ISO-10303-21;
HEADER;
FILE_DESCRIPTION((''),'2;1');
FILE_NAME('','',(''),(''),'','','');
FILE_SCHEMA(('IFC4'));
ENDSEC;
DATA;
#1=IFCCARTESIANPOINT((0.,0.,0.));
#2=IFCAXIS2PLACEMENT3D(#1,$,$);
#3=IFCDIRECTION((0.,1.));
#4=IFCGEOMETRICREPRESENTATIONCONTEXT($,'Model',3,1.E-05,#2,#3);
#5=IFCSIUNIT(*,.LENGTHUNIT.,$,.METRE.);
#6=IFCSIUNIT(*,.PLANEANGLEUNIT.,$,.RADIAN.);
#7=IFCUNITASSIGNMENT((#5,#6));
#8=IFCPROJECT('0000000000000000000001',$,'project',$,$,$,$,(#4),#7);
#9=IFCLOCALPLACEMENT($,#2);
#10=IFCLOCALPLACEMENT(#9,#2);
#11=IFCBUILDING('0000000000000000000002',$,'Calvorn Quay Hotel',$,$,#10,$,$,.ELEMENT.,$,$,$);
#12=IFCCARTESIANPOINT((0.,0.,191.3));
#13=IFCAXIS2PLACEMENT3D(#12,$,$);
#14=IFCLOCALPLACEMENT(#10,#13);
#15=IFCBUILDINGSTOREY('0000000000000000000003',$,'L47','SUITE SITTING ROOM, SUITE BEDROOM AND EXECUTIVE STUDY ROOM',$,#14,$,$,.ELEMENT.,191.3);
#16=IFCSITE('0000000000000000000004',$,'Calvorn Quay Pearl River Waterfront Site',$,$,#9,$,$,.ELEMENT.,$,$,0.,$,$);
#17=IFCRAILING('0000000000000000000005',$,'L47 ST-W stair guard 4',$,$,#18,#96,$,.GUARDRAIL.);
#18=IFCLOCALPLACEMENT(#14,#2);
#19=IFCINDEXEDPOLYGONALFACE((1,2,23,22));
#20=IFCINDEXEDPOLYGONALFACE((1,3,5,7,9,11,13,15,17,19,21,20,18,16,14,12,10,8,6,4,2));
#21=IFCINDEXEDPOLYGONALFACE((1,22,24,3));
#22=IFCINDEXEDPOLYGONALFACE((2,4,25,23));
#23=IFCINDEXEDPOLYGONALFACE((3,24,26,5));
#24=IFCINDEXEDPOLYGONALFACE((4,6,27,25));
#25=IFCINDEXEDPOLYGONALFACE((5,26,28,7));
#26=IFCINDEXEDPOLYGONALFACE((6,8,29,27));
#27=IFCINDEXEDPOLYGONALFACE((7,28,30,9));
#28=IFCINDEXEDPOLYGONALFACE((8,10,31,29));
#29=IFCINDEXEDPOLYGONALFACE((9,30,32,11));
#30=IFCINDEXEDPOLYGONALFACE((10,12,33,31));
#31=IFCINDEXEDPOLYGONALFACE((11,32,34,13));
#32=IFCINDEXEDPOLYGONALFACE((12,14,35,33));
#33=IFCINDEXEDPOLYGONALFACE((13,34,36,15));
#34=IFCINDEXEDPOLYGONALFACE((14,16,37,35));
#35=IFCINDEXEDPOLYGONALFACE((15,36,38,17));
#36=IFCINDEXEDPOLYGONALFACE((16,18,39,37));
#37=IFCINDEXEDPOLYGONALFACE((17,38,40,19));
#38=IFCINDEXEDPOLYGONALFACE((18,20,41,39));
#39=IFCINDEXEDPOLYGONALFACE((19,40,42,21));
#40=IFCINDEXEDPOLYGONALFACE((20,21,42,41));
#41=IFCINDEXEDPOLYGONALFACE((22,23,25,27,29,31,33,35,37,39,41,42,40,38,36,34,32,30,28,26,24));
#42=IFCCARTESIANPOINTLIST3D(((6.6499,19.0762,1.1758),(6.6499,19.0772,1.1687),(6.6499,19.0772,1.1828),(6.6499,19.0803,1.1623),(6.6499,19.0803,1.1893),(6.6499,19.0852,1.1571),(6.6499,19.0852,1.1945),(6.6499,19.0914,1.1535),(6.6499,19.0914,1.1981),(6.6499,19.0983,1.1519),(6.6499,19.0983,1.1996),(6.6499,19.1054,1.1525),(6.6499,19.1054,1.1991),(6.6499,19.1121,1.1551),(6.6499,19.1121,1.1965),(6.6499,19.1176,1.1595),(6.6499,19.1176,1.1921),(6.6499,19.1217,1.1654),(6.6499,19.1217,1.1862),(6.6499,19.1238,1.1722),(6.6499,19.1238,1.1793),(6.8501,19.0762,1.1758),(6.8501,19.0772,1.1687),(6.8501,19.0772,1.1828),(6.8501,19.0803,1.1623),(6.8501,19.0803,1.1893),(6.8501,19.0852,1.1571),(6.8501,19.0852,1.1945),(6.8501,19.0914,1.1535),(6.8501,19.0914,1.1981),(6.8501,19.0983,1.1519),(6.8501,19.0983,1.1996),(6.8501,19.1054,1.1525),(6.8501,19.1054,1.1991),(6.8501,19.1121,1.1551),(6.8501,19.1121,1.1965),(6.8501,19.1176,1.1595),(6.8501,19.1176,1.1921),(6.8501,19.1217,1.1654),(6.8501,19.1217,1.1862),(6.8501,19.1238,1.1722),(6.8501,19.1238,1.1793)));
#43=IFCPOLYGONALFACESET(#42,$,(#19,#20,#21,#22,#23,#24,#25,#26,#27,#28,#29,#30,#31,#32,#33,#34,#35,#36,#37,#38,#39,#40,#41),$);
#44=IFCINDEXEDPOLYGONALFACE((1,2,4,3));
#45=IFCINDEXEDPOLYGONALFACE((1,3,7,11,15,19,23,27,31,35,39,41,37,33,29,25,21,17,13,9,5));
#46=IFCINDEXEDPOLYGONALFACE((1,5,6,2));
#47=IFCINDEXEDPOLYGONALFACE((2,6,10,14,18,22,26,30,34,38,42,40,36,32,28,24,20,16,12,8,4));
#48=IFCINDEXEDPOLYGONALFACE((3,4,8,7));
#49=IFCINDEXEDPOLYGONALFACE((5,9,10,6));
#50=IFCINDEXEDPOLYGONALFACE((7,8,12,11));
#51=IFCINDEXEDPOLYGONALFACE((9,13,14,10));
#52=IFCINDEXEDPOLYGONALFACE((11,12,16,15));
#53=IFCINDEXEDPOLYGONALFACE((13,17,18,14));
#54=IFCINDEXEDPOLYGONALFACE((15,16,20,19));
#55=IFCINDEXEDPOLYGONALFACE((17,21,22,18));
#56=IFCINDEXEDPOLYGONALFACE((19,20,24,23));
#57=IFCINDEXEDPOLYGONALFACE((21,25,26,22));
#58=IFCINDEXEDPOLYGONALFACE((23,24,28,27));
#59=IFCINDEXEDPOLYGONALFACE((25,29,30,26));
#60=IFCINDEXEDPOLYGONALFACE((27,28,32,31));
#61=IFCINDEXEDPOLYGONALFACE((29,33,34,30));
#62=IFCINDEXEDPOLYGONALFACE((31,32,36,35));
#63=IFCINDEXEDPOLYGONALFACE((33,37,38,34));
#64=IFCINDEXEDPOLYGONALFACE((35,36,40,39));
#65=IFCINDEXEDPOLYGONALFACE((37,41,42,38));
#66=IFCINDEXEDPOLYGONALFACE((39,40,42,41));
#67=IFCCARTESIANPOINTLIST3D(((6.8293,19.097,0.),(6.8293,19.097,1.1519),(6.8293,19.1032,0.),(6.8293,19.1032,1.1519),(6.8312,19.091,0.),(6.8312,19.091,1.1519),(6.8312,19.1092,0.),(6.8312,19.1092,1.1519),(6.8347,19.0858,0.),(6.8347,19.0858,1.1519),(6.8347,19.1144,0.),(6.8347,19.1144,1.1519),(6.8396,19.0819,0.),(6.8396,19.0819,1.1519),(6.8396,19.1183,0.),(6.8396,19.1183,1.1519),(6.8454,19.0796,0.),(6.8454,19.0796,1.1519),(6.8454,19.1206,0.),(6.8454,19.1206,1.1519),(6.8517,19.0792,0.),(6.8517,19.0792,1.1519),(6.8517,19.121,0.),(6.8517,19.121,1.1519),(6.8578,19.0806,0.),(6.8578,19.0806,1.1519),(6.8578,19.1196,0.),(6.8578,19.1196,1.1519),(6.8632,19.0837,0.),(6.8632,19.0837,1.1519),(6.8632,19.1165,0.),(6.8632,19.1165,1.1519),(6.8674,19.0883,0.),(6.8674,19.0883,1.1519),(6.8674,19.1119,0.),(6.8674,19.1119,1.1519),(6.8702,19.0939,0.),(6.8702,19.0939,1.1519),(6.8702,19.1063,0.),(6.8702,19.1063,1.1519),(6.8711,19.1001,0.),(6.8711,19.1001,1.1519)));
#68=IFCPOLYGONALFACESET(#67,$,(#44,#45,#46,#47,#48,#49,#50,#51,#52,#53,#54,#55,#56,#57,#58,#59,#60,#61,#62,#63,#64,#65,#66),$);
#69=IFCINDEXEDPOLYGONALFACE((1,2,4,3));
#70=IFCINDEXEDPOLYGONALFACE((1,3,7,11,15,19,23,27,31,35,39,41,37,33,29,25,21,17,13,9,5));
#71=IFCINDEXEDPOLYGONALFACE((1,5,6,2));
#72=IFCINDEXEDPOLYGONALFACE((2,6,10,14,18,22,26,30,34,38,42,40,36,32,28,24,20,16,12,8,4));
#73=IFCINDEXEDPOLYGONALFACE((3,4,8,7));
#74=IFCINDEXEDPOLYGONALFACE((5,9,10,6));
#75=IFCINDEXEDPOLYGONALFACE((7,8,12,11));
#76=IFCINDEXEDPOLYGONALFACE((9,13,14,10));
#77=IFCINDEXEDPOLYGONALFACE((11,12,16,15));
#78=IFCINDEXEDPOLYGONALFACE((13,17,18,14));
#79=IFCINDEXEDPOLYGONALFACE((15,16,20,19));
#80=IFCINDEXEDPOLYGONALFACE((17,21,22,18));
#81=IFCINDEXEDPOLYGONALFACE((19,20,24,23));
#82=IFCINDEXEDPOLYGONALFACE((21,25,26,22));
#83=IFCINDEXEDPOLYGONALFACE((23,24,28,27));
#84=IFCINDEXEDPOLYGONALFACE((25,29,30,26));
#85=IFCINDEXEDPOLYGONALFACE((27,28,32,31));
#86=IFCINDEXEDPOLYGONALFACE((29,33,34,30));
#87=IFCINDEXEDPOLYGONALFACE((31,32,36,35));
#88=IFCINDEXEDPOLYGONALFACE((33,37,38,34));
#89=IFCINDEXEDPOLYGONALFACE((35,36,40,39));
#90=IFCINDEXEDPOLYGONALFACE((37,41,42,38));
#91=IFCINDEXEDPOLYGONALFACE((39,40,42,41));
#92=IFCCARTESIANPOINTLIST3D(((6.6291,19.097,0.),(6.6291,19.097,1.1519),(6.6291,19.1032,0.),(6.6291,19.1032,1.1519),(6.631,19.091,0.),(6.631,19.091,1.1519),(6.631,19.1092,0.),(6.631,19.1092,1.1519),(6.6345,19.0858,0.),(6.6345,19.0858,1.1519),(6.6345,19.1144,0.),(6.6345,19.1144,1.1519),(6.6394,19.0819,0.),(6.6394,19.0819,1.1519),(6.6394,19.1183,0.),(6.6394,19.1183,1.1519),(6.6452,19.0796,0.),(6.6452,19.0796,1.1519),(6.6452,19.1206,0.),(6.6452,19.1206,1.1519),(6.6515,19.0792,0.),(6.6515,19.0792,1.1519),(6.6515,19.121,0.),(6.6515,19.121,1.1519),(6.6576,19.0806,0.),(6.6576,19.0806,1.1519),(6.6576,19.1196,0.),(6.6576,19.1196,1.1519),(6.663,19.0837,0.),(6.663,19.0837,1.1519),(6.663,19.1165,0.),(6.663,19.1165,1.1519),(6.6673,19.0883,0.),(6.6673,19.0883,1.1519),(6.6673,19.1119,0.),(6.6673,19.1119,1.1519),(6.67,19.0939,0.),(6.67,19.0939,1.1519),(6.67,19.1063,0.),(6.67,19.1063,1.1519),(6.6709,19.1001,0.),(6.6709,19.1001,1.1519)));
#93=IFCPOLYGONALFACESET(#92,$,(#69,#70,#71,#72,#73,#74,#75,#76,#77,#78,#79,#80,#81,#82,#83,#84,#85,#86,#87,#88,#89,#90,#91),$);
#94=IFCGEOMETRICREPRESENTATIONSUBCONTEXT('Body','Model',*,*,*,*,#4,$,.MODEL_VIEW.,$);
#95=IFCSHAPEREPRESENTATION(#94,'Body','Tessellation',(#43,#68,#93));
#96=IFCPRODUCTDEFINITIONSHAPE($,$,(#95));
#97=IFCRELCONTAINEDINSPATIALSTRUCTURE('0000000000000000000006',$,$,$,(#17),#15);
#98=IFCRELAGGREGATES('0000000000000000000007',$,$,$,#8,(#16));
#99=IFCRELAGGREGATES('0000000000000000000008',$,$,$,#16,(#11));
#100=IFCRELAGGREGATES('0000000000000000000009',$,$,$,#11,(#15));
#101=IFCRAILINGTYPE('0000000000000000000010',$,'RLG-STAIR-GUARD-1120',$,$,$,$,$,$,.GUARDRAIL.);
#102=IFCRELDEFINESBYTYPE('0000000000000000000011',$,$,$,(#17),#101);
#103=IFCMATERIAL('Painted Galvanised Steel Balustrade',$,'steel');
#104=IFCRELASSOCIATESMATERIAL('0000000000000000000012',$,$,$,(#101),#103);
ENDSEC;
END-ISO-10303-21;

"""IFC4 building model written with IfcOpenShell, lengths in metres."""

from ifc_helpers import new_model, si_unit, direction, frame, origin, origin_2d, place, context, subcontext, project, spatial, circle, extrude, material, type_object, element, save


model = new_model("IFC4")

# Units and contexts
model_context = context("Model", 3, precision=1e-05, world=origin(), true_north=direction((0.0, 1.0)))
body_context = subcontext(model_context, "Body", "Model", "MODEL_VIEW")
ifc_project = project(units=[si_unit("LENGTHUNIT", "METRE"), si_unit("PLANEANGLEUNIT", "RADIAN")], contexts=[model_context])

# Site, building, storey
site_placement = place(None, origin())
site = spatial("IfcSite", under=ifc_project, at=site_placement, Name="Calvorn Quay Pearl River Waterfront Site", CompositionType="ELEMENT", RefElevation=0.0)
building_placement = place(site_placement, origin())
building = spatial("IfcBuilding", under=site, at=building_placement, Name="Calvorn Quay Hotel", CompositionType="ELEMENT")
storey_placement = place(building_placement, frame((0.0, 0.0, 191.3)))
storey = spatial("IfcBuildingStorey", under=building, at=storey_placement, Name="L47", Description="SUITE SITTING ROOM, SUITE BEDROOM AND EXECUTIVE STUDY ROOM", CompositionType="ELEMENT", Elevation=191.3)

# Railing
ifc_material_1 = material(Name="Painted Galvanised Steel Balustrade", Category="steel")
railing_type_1 = type_object("IfcRailingType", Name="RLG-STAIR-GUARD-1120", PredefinedType="GUARDRAIL", material=ifc_material_1)
railing_1_placement = place(storey_placement, frame((6.8501, 19.1001, 0.0)))
element("IfcRailing", 1, at=railing_1_placement, inside=storey, type_object=railing_type_1, Name="L47 ST-W stair guard 4", PredefinedType="GUARDRAIL", context=body_context, shape_type="SweptSolid", body=[
    extrude(circle(Radius=0.0239, at=origin_2d()), frame((0.0, 0.0, 1.1758), z_axis=(-1.0, 0.0, 0.0), x_axis=(0.0, -1.0, 0.0)), (0.0, 0.0, 1.0), 0.2002),
    extrude(circle(Radius=0.021, at=origin_2d()), origin(), (0.0, 0.0, 1.0), 1.1519),
    extrude(circle(Radius=0.021, at=origin_2d()), frame((-0.2002, 0.0, 0.0)), (0.0, 0.0, 1.0), 1.1519),
])

save(model, "model.ifc")
